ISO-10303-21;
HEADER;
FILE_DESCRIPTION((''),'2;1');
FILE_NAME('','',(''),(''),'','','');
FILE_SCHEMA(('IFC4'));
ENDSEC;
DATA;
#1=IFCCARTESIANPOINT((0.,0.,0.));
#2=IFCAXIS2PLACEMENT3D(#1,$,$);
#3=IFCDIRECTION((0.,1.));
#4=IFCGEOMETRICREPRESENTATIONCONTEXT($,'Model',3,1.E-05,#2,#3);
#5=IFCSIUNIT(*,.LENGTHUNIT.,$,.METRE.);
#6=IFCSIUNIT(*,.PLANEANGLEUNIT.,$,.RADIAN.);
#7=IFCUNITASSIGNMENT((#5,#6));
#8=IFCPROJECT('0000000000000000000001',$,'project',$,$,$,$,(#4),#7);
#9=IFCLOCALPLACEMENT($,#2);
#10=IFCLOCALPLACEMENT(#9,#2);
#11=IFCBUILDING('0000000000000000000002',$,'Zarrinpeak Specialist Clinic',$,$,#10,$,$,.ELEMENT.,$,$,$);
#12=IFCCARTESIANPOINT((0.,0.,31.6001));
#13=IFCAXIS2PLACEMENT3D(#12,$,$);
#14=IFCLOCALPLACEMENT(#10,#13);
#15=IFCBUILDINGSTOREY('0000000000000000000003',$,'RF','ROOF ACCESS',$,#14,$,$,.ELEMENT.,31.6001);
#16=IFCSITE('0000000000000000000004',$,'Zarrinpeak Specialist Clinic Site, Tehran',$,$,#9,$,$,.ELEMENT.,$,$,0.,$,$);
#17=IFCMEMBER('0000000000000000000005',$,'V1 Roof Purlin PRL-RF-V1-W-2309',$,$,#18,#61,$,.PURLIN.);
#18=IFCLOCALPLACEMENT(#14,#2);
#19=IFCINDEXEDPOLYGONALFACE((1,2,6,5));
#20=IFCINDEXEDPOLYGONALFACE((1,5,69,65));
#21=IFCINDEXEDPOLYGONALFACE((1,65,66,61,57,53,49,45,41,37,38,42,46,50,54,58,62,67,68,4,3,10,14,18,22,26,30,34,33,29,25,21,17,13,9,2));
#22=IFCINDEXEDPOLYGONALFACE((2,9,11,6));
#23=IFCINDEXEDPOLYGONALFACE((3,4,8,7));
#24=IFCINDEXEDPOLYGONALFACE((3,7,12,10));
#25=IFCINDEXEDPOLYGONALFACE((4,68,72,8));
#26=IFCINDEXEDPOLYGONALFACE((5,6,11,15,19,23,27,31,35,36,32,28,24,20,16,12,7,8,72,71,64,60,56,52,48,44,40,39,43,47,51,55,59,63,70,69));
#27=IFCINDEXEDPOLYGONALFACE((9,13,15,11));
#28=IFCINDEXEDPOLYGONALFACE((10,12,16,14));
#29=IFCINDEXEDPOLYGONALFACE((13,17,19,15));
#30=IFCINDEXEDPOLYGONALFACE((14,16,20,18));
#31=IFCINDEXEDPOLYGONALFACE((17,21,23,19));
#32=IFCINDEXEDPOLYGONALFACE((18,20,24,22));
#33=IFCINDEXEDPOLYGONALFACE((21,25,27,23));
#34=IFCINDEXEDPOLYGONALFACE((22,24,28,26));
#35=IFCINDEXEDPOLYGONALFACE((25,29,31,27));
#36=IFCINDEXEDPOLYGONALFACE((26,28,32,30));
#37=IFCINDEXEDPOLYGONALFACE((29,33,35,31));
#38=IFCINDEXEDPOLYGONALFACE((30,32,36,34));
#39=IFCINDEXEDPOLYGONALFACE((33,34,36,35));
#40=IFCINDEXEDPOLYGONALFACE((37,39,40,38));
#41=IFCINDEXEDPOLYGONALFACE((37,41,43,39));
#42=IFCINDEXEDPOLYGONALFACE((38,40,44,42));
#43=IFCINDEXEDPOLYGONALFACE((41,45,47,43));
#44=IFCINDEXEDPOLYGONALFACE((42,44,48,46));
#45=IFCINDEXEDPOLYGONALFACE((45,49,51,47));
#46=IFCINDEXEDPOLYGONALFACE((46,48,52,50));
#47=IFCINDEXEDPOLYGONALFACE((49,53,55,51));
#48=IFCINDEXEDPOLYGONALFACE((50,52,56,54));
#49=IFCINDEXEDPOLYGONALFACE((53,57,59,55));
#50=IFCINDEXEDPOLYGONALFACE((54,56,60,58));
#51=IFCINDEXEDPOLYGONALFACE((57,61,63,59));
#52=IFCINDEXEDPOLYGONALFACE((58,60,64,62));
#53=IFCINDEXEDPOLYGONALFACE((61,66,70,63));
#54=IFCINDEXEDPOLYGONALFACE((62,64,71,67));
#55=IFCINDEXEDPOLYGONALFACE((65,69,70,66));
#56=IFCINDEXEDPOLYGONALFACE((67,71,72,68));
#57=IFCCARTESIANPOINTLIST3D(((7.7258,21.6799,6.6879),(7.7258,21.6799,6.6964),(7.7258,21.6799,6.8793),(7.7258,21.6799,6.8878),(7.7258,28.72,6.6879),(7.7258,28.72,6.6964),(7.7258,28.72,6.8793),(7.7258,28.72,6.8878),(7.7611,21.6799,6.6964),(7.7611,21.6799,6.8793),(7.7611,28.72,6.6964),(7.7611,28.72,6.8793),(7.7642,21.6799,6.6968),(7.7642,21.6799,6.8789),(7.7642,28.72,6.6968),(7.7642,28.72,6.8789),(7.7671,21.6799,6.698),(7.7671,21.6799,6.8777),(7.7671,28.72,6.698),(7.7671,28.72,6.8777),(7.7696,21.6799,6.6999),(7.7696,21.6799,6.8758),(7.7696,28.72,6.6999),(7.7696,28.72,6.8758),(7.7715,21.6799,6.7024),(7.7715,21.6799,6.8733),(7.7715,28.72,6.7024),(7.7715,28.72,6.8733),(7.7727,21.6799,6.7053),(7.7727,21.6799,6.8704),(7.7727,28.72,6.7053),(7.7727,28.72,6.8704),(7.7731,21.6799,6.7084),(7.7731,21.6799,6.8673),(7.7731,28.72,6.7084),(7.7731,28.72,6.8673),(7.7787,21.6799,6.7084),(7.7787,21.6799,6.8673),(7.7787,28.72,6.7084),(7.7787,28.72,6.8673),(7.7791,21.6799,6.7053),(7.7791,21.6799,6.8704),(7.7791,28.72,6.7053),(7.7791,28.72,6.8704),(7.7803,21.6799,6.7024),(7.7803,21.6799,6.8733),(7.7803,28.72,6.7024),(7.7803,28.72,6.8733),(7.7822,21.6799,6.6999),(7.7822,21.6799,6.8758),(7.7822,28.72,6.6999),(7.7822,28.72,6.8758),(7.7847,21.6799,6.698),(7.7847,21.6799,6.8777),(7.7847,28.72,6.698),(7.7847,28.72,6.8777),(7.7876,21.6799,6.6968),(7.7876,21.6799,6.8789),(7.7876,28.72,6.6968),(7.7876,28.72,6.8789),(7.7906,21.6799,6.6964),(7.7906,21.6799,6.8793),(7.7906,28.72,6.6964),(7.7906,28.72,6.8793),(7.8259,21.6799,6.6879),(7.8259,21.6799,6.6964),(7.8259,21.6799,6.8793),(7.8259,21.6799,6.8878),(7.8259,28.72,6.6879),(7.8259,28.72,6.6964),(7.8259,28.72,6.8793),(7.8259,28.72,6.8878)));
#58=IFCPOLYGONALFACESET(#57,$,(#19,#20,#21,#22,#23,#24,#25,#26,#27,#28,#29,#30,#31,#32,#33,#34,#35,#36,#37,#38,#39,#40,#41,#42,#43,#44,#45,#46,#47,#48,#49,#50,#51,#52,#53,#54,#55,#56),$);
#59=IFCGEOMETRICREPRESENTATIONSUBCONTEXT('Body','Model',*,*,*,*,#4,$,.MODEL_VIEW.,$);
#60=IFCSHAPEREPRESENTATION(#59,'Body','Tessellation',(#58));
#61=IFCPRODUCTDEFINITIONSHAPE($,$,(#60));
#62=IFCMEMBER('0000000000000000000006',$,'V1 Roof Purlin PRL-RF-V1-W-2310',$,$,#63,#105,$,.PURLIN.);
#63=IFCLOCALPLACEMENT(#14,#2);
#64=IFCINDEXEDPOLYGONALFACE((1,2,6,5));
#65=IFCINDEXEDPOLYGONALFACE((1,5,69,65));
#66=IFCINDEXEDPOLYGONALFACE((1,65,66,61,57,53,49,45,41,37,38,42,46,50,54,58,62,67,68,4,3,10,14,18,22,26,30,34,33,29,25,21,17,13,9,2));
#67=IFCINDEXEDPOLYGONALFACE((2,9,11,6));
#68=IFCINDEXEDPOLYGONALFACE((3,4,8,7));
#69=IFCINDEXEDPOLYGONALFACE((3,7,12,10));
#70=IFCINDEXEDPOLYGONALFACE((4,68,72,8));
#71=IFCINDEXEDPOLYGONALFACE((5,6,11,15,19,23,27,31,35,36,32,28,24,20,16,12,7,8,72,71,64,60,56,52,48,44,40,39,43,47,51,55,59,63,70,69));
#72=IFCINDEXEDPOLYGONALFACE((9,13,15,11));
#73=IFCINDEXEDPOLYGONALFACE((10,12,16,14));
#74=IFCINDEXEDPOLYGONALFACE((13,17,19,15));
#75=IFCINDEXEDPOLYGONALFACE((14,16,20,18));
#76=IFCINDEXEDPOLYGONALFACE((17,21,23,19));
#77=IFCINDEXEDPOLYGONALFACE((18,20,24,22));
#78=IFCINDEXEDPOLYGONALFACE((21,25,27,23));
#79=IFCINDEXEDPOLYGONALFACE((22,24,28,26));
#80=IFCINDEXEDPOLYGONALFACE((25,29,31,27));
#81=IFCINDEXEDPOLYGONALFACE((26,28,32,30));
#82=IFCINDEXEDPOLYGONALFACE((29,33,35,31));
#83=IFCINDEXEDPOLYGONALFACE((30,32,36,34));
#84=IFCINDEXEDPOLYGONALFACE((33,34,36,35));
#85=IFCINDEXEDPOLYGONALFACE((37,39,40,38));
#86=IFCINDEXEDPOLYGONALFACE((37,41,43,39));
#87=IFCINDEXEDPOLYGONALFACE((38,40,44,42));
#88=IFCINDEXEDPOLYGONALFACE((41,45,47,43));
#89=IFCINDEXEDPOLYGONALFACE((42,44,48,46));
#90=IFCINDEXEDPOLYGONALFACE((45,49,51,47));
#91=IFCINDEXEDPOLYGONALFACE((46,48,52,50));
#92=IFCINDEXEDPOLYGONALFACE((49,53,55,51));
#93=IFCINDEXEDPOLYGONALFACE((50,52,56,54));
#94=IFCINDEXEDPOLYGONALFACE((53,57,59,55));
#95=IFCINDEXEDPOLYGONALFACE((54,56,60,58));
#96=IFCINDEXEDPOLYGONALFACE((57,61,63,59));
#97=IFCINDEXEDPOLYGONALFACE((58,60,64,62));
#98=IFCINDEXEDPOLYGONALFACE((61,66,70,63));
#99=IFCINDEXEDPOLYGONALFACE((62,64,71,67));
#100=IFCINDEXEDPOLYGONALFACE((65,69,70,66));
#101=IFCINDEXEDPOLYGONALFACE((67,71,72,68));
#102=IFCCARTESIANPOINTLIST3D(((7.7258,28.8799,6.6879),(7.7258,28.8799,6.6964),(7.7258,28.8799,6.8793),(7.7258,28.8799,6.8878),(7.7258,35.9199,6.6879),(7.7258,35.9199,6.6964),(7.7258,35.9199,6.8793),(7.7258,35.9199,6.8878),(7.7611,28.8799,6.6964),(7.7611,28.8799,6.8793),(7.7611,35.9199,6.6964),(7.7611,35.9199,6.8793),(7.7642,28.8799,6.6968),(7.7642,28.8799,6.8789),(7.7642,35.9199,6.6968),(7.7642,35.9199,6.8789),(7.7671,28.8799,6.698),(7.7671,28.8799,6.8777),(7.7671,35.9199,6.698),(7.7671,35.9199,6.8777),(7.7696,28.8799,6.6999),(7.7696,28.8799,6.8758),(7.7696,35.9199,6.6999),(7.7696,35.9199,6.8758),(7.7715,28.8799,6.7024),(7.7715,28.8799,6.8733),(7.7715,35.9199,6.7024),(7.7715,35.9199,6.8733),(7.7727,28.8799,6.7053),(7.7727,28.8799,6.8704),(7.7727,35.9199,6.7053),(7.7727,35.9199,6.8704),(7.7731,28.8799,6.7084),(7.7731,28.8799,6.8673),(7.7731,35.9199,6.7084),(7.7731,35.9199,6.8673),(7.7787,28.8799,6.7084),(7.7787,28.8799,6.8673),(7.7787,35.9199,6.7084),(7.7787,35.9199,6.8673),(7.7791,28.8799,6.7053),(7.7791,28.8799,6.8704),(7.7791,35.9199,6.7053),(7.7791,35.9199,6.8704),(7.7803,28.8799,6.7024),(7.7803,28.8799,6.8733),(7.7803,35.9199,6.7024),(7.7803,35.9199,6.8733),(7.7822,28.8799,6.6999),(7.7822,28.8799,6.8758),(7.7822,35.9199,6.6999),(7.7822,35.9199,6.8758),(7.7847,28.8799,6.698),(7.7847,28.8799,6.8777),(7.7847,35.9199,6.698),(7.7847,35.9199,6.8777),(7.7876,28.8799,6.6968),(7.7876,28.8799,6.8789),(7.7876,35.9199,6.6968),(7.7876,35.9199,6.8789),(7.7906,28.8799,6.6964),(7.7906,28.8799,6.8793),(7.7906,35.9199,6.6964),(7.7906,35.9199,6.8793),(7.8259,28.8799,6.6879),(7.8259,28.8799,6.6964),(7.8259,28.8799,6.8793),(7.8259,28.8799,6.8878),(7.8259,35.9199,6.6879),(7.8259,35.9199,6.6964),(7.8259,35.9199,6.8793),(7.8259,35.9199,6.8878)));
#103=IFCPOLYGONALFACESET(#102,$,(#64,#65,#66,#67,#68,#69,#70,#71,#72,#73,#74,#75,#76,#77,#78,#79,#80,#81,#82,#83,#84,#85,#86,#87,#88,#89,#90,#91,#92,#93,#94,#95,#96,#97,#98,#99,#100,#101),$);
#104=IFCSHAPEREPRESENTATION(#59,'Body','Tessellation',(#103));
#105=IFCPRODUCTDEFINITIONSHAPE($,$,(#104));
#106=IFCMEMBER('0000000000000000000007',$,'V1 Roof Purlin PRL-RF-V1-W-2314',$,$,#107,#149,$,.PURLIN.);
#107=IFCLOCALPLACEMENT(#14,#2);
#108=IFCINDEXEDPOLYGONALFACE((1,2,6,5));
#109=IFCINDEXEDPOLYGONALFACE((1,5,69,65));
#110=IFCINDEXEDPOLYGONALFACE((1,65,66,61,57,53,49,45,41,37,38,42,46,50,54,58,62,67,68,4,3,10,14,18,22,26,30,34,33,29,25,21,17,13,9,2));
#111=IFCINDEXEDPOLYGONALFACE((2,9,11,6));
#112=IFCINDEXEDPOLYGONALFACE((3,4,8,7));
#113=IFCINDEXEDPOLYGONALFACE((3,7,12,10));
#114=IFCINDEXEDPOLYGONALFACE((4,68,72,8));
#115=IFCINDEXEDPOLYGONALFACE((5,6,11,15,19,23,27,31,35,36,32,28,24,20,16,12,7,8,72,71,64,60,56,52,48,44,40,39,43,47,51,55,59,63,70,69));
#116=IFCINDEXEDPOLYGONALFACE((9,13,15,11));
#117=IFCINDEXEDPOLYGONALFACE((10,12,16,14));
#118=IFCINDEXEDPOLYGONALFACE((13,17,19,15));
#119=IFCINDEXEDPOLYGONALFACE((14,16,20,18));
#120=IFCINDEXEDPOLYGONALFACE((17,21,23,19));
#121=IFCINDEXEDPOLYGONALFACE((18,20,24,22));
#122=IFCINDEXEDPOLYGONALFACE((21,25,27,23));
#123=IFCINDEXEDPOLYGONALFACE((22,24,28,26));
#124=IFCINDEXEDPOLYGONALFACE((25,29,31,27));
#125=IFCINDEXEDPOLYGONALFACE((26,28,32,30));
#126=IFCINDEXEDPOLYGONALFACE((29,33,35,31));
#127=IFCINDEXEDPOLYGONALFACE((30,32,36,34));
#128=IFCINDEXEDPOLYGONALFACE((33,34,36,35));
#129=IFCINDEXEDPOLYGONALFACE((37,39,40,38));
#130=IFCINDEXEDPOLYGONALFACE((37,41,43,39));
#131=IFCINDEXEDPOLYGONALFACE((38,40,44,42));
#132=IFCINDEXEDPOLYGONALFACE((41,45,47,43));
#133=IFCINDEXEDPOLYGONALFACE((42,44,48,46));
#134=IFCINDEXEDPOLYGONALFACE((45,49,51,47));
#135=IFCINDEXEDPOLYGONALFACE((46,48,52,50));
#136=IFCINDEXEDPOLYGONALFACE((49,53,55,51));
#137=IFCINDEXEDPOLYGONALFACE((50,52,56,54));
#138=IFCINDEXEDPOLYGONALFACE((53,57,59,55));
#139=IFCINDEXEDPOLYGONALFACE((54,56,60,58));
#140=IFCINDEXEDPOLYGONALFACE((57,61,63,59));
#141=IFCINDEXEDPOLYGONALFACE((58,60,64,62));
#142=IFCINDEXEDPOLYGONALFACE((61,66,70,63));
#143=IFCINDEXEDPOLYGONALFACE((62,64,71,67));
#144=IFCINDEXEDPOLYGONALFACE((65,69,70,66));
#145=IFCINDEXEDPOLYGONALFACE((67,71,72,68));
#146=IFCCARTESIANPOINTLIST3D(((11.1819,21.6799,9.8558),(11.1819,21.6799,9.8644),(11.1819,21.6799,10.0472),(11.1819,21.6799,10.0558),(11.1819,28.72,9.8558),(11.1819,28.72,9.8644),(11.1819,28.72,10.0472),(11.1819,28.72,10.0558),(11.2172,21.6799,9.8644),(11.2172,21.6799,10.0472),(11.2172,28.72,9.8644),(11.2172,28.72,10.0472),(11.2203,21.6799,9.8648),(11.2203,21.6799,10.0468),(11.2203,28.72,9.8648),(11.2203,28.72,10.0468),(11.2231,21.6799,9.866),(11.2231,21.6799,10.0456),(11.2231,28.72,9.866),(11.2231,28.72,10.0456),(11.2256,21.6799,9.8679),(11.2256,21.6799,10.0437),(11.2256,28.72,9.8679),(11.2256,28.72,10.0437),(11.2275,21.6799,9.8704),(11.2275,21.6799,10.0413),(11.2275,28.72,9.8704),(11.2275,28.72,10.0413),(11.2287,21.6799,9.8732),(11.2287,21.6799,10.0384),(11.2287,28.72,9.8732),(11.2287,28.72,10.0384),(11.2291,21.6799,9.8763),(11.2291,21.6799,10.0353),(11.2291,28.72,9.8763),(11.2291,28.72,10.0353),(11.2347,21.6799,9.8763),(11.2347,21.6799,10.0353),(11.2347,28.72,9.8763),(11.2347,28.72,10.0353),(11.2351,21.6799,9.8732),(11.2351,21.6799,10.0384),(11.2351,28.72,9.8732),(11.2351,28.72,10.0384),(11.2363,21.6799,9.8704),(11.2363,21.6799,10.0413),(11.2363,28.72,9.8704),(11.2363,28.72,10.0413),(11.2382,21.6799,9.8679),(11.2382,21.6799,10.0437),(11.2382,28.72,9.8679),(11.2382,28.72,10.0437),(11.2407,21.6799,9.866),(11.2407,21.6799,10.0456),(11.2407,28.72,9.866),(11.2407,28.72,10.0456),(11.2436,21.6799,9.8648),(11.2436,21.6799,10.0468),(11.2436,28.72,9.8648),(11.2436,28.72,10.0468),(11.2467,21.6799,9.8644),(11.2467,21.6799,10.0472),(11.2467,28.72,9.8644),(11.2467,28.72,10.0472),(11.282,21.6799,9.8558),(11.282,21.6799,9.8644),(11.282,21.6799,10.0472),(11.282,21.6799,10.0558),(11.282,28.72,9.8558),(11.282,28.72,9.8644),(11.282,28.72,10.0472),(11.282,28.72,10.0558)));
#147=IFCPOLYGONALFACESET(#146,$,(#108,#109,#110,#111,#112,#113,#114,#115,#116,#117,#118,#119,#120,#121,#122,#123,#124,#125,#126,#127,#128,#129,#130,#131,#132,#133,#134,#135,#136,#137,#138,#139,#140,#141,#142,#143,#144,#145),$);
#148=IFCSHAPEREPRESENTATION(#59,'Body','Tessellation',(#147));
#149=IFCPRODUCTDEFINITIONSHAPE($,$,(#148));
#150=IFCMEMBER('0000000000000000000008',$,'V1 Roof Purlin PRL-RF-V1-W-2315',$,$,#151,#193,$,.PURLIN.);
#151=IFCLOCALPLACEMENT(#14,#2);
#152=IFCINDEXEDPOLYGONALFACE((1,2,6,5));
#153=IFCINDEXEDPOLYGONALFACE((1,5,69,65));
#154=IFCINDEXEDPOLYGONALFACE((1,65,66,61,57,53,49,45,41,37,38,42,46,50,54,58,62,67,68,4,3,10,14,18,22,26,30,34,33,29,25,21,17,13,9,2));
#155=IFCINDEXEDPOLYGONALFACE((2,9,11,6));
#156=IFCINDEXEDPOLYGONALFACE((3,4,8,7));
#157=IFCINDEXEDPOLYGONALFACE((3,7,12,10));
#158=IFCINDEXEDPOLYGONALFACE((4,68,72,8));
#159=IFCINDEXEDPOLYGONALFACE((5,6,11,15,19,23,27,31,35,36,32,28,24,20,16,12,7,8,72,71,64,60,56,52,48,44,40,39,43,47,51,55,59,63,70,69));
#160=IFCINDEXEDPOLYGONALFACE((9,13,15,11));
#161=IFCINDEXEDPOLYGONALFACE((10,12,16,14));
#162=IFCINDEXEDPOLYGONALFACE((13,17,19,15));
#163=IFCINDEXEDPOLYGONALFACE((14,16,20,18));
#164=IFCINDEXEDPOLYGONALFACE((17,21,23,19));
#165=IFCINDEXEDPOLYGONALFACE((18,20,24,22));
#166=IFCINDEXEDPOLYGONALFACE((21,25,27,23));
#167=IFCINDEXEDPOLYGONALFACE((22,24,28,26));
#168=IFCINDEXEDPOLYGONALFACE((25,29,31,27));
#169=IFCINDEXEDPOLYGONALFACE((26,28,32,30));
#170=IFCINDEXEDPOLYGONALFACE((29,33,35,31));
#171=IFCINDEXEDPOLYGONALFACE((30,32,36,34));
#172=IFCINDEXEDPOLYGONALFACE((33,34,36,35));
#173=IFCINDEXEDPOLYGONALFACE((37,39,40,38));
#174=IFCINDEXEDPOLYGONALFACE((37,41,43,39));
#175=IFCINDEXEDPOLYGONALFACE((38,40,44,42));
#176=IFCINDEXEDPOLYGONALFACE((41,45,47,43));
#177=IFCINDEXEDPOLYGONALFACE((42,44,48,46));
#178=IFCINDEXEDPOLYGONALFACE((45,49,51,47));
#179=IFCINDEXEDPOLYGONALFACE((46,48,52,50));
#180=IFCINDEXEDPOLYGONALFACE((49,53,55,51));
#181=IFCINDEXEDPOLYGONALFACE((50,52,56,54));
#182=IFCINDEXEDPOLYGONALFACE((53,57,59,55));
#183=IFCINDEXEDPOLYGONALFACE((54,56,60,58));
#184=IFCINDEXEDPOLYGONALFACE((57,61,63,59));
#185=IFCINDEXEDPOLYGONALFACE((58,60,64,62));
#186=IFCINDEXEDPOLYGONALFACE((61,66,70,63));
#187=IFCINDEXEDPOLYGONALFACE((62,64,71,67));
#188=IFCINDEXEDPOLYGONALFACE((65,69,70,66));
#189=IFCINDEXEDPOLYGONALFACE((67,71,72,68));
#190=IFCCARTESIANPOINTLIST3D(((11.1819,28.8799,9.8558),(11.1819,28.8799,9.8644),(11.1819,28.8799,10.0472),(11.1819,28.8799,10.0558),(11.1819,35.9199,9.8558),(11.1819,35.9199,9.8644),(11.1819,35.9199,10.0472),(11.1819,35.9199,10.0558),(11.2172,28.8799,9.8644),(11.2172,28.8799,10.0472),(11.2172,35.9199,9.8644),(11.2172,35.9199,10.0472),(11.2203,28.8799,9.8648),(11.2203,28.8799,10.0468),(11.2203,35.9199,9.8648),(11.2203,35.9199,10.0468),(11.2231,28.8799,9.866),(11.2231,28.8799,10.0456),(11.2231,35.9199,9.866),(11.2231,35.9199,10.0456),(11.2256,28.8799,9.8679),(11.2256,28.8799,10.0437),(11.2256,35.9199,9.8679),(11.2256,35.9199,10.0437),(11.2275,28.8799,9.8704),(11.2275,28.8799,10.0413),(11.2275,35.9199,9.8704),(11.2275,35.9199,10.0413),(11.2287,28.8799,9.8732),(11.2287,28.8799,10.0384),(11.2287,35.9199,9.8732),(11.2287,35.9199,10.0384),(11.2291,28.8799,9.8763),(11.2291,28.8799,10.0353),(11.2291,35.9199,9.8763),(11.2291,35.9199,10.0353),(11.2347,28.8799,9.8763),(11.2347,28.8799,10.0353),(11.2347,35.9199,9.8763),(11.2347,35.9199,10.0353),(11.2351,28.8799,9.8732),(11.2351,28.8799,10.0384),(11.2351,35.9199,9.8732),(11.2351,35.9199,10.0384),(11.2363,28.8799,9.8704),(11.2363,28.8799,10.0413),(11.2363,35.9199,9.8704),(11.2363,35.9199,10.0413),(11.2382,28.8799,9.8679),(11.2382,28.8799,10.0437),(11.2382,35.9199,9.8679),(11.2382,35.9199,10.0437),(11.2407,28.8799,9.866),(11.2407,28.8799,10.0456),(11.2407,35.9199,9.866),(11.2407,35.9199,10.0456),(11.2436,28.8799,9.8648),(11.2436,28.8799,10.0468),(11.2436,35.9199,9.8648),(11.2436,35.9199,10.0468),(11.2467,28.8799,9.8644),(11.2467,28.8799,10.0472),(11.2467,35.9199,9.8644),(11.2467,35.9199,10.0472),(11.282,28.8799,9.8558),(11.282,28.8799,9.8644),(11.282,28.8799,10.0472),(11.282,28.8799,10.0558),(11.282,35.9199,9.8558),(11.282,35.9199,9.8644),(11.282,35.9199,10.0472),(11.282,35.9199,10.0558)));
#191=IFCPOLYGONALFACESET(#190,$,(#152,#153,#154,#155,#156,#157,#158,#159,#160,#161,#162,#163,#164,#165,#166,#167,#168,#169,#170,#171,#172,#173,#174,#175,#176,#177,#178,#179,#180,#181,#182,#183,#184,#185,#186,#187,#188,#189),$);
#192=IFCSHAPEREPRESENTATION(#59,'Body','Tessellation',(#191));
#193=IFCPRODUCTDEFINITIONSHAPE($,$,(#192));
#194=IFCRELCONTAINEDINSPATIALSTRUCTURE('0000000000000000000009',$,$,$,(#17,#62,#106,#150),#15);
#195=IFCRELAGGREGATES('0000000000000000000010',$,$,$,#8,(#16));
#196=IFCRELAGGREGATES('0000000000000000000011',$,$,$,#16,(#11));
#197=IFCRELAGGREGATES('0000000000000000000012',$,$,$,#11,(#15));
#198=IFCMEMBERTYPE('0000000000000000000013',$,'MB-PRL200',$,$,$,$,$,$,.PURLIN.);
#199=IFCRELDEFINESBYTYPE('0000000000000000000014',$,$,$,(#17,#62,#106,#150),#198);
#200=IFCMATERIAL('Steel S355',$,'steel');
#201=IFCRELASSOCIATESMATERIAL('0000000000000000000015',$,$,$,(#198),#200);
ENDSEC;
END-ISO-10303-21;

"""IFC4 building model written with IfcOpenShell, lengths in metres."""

from ifc_helpers import new_model, si_unit, direction, frame, origin, origin_2d, place, context, subcontext, project, spatial, i_section, extrude, material, material_profile, profile_set, type_object, element, save


model = new_model("IFC4")

# Units and contexts
model_context = context("Model", 3, precision=1e-05, world=origin(), true_north=direction((0.0, 1.0)))
body_context = subcontext(model_context, "Body", "Model", "MODEL_VIEW")
ifc_project = project(units=[si_unit("LENGTHUNIT", "METRE"), si_unit("PLANEANGLEUNIT", "RADIAN")], contexts=[model_context])

# Site, building, storey
site_placement = place(None, origin())
site = spatial("IfcSite", under=ifc_project, at=site_placement, Name="Zarrinpeak Specialist Clinic Site, Tehran", CompositionType="ELEMENT", RefElevation=0.0)
building_placement = place(site_placement, origin())
building = spatial("IfcBuilding", under=site, at=building_placement, Name="Zarrinpeak Specialist Clinic", CompositionType="ELEMENT")
storey_placement = place(building_placement, frame((0.0, 0.0, 31.6001)))
storey = spatial("IfcBuildingStorey", under=building, at=storey_placement, Name="RF", Description="ROOF ACCESS", CompositionType="ELEMENT", Elevation=31.6001)

# Shared definitions
ifc_material_1 = material(Name="Steel S355", Category="steel")

# Members
ifc_material_profile_1 = material_profile(ifc_material_1, i_section(OverallWidth=0.1001, OverallDepth=0.2, WebThickness=0.0056, FlangeThickness=0.0085, FilletRadius=0.012, at=origin_2d()), Name="IPE 200")
ifc_profile_set_1 = profile_set([ifc_material_profile_1], Name="Steel S355")
member_type_1 = type_object("IfcMemberType", Name="MB-PRL200", PredefinedType="PURLIN", material=ifc_profile_set_1)
for number, where, z_axis, x_axis, name in (
    (1, (7.7759, 21.6799, 6.7878), (0.0, 1.0, 0.0), (-1.0, 0.0, 0.0), "V1 Roof Purlin PRL-RF-V1-W-2309"),
    (2, (7.7759, 28.8799, 6.7878), (0.0, 1.0, 0.0), (-1.0, 0.0, 0.0), "V1 Roof Purlin PRL-RF-V1-W-2310"),
    (3, (11.2319, 21.6799, 9.9558), (0.0, 1.0, 0.0), (-1.0, 0.0, 0.0), "V1 Roof Purlin PRL-RF-V1-W-2314"),
    (4, (11.2319, 28.8799, 9.9558), (0.0, 1.0, 0.0), (-1.0, 0.0, 0.0), "V1 Roof Purlin PRL-RF-V1-W-2315"),
):
    element("IfcMember", number, at=place(storey_placement, frame(where, z_axis=z_axis, x_axis=x_axis)), inside=storey, type_object=member_type_1, Name=name, PredefinedType="PURLIN", context=body_context, shape_type="SweptSolid", body=[
        extrude(i_section(OverallWidth=0.1001, OverallDepth=0.2, WebThickness=0.0056, FlangeThickness=0.0085, FilletRadius=0.012, at=origin_2d()), origin(), (0.0, 0.0, 1.0), 7.04),
    ])

save(model, "model.ifc")
